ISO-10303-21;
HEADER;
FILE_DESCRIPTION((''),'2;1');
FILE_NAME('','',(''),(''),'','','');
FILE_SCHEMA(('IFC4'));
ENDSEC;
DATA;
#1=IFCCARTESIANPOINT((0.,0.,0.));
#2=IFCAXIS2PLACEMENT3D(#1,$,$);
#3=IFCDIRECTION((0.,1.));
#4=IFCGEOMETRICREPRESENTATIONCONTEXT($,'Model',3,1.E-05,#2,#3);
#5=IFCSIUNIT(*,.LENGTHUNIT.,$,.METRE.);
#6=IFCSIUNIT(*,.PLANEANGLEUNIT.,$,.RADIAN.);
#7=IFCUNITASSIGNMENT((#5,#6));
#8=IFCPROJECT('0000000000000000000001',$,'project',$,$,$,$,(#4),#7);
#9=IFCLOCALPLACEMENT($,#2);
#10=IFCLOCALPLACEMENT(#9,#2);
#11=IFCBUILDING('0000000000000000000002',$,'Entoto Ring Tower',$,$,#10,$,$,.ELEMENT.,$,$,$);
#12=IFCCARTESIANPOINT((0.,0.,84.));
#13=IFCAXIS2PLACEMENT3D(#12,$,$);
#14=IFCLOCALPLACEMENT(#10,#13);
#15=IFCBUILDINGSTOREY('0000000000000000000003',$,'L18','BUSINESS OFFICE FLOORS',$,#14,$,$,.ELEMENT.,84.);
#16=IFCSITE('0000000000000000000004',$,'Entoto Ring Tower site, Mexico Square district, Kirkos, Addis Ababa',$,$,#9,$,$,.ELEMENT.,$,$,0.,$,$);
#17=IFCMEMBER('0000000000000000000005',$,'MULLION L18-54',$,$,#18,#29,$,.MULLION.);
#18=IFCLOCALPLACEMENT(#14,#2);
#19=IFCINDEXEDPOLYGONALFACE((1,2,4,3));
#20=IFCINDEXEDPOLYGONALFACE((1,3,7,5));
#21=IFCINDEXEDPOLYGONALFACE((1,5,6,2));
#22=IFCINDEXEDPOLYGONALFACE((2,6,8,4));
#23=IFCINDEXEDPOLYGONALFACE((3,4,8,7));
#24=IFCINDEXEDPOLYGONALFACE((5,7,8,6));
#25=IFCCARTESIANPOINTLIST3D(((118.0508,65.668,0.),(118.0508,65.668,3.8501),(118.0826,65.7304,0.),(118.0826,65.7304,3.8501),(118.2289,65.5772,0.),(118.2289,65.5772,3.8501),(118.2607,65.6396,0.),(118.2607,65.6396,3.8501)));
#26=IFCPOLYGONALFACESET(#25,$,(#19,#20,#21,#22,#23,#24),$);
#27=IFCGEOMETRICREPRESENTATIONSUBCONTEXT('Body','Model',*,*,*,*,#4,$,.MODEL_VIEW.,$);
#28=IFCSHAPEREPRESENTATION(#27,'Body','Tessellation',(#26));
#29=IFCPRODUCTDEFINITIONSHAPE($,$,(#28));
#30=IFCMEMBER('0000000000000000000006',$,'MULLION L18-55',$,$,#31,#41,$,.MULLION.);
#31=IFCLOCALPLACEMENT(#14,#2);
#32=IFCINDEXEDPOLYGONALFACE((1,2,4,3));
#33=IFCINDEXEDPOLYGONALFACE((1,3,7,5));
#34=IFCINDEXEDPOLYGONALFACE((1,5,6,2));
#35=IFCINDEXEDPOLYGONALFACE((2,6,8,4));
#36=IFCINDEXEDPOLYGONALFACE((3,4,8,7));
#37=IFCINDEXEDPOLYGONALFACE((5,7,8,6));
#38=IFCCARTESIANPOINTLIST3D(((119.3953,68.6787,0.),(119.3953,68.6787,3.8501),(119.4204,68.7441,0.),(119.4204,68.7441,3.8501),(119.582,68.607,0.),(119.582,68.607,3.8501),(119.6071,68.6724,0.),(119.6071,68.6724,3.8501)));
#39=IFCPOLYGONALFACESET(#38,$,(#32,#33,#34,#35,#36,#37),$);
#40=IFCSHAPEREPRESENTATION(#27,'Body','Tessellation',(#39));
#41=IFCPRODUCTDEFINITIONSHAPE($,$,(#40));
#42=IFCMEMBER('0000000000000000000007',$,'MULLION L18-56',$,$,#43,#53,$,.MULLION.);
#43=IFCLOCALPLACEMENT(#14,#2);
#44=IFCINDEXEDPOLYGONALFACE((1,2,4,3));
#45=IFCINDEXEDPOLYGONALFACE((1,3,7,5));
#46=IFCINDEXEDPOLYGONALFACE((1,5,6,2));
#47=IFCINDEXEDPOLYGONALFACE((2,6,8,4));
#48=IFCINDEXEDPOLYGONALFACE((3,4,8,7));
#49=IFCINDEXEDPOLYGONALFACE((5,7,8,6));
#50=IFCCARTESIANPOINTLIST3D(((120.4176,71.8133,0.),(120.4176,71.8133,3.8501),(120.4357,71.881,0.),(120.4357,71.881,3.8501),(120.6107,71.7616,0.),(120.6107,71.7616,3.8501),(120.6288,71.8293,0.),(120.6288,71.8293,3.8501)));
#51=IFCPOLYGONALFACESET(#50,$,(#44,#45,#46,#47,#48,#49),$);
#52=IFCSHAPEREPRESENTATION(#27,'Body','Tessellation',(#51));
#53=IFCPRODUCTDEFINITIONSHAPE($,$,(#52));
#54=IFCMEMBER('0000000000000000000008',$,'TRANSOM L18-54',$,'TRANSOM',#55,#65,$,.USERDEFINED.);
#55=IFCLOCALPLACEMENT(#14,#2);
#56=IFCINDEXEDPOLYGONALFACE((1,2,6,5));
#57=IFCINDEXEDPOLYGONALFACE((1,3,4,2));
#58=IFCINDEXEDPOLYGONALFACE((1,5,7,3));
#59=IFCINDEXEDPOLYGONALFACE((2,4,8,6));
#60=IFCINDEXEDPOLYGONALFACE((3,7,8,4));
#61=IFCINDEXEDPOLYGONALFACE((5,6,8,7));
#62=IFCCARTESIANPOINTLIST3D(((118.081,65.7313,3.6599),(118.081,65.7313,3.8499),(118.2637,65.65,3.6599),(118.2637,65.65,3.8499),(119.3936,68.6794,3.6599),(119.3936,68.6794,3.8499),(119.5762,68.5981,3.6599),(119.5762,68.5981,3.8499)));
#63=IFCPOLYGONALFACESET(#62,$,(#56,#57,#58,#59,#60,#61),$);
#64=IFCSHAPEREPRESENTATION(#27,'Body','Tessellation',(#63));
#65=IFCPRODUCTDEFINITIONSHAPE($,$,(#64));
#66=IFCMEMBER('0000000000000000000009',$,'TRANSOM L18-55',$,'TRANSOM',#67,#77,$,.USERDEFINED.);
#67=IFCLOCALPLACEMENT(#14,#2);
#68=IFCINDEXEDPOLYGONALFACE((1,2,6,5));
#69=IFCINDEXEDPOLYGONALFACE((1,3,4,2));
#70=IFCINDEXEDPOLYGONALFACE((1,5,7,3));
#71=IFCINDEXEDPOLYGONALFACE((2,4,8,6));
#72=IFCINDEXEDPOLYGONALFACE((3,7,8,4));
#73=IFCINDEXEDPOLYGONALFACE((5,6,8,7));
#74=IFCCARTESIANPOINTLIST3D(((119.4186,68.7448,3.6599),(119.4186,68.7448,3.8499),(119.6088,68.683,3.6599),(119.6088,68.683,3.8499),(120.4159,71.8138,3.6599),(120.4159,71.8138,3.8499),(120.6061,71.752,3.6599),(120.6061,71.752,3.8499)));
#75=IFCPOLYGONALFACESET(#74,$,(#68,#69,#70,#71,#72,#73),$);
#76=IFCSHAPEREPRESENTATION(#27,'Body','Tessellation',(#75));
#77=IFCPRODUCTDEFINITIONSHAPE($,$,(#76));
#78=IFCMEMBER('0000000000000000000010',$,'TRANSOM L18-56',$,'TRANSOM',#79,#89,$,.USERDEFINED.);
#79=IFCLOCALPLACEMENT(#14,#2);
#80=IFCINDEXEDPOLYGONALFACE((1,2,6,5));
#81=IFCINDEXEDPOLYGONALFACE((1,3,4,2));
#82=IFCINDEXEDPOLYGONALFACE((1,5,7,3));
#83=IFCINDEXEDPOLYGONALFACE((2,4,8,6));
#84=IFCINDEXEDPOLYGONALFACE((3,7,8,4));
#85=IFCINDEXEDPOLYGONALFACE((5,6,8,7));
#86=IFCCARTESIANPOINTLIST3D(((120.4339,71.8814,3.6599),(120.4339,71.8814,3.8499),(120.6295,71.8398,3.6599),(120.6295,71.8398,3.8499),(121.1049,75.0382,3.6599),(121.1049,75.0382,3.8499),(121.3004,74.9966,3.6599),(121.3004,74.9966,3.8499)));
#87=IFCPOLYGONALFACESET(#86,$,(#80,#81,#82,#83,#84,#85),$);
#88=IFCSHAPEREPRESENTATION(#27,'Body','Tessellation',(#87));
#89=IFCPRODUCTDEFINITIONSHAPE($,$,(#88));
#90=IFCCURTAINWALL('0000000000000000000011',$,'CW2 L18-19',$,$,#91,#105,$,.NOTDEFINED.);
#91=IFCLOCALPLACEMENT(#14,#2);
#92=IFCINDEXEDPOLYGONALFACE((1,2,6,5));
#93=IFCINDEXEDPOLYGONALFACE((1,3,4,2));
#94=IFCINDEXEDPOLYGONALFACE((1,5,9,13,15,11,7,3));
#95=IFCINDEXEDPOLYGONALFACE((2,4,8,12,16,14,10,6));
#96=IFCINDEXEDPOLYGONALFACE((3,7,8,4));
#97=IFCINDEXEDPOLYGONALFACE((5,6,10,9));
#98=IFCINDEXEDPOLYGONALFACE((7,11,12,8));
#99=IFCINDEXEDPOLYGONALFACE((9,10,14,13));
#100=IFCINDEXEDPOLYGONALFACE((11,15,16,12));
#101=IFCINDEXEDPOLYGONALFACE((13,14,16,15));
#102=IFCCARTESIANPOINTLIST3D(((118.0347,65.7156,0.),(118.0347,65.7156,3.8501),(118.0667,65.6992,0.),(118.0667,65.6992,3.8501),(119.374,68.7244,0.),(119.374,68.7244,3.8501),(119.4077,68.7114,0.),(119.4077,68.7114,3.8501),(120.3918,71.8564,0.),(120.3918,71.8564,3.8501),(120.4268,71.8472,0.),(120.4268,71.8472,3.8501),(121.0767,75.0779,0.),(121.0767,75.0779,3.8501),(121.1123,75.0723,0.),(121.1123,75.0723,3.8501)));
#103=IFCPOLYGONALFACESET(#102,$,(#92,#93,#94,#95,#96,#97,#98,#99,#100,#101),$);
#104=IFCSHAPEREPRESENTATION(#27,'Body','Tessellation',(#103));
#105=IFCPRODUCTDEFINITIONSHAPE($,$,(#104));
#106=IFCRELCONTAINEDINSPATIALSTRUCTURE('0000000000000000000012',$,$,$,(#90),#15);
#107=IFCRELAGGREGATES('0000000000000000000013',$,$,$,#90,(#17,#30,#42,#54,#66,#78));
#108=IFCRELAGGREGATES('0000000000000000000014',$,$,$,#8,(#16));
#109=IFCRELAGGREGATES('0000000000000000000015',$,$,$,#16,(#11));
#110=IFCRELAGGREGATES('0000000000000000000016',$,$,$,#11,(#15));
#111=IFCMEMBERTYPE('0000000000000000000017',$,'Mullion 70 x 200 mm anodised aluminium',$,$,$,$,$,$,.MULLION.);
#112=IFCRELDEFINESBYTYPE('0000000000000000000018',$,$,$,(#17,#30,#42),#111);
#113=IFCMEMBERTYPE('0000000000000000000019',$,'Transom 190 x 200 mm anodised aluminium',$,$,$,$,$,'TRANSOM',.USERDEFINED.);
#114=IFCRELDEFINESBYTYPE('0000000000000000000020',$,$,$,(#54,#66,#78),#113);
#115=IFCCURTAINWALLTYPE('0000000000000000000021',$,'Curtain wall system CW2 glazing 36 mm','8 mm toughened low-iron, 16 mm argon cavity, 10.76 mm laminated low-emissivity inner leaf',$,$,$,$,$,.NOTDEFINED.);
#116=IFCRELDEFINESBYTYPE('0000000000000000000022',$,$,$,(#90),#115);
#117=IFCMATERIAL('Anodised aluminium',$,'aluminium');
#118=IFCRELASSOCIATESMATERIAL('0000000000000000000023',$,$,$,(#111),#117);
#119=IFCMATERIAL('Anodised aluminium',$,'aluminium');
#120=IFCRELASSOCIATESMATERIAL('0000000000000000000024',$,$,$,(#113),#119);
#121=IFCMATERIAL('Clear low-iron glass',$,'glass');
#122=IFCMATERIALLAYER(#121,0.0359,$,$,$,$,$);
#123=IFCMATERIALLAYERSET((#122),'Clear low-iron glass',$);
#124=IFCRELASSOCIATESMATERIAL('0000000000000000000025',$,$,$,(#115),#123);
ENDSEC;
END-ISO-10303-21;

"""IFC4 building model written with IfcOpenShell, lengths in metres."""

from ifc_helpers import new_model, si_unit, direction, frame, origin, origin_2d, place, context, subcontext, project, spatial, polyline, rectangle, outline, extrude, material, layer, layer_set, material_profile, profile_set, type_object, element, aggregate, save


model = new_model("IFC4")

# Units and contexts
model_context = context("Model", 3, precision=1e-05, world=origin(), true_north=direction((0.0, 1.0)))
body_context = subcontext(model_context, "Body", "Model", "MODEL_VIEW")
ifc_project = project(units=[si_unit("LENGTHUNIT", "METRE"), si_unit("PLANEANGLEUNIT", "RADIAN")], contexts=[model_context])

# Members
ifc_material_1 = material(Name="Anodised aluminium", Category="aluminium")
ifc_material_profile_1 = material_profile(ifc_material_1, rectangle(XDim=0.0701, YDim=0.2, at=origin_2d()), Name="Mullion 70 x 200 mm anodised aluminium")
ifc_profile_set_1 = profile_set([ifc_material_profile_1], Name="Anodised aluminium")
member_type_1 = type_object("IfcMemberType", Name="Mullion 70 x 200 mm anodised aluminium", PredefinedType="MULLION", material=ifc_profile_set_1)
site_placement = place(None, origin())
building_placement = place(site_placement, origin())
storey_placement = place(building_placement, frame((0.0, 0.0, 84.0)))
member_1_placement = place(storey_placement, frame((118.1558, 65.6538, 0.0), z_axis=(0.0, 0.0, 1.0), x_axis=(0.45399, 0.891007, 0.0)))
member_1 = element("IfcMember", 1, at=member_1_placement, type_object=member_type_1, Name="MULLION L18-54", PredefinedType="MULLION", context=body_context, shape_type="SweptSolid", body=[
    extrude(rectangle(XDim=0.0701, YDim=0.2, at=origin_2d()), origin(), (0.0, 0.0, 1.0), 3.8501),
])
member_2_placement = place(storey_placement, frame((119.5012, 68.6755, 0.0), z_axis=(0.0, 0.0, 1.0), x_axis=(0.358368, 0.93358, 0.0)))
member_2 = element("IfcMember", 2, at=member_2_placement, type_object=member_type_1, Name="MULLION L18-55", PredefinedType="MULLION", context=body_context, shape_type="SweptSolid", body=[
    extrude(rectangle(XDim=0.0701, YDim=0.2, at=origin_2d()), origin(), (0.0, 0.0, 1.0), 3.8501),
])
member_3_placement = place(storey_placement, frame((120.5232, 71.8213, 0.0), z_axis=(0.0, 0.0, 1.0), x_axis=(0.258819, 0.965926, 0.0)))
member_3 = element("IfcMember", 3, at=member_3_placement, type_object=member_type_1, Name="MULLION L18-56", PredefinedType="MULLION", context=body_context, shape_type="SweptSolid", body=[
    extrude(rectangle(XDim=0.0701, YDim=0.2, at=origin_2d()), origin(), (0.0, 0.0, 1.0), 3.8501),
])
ifc_material_2 = material(Name="Anodised aluminium", Category="aluminium")
ifc_material_profile_2 = material_profile(ifc_material_2, rectangle(XDim=0.2, YDim=0.1899, at=origin_2d()), Name="Transom 190 x 200 mm anodised aluminium")
ifc_profile_set_2 = profile_set([ifc_material_profile_2], Name="Anodised aluminium")
member_type_2 = type_object("IfcMemberType", Name="Transom 190 x 200 mm anodised aluminium", ElementType="TRANSOM", PredefinedType="USERDEFINED", material=ifc_profile_set_2)
member_4_placement = place(storey_placement, frame((118.1724, 65.6907, 3.7549), z_axis=(0.406728, 0.913549, 0.0), x_axis=(-0.913549, 0.406728, 0.0)))
member_4 = element("IfcMember", 4, at=member_4_placement, type_object=member_type_2, Name="TRANSOM L18-54", ObjectType="TRANSOM", PredefinedType="USERDEFINED", context=body_context, shape_type="SweptSolid", body=[
    extrude(rectangle(XDim=0.2, YDim=0.1899, at=origin_2d()), origin(), (0.0, 0.0, 1.0), 3.2271),
])
member_5_placement = place(storey_placement, frame((119.5137, 68.7139, 3.7549), z_axis=(0.309047, 0.951047, 0.0), x_axis=(-0.951047, 0.309047, 0.0)))
member_5 = element("IfcMember", 5, at=member_5_placement, type_object=member_type_2, Name="TRANSOM L18-55", ObjectType="TRANSOM", PredefinedType="USERDEFINED", context=body_context, shape_type="SweptSolid", body=[
    extrude(rectangle(XDim=0.2, YDim=0.1899, at=origin_2d()), origin(), (0.0, 0.0, 1.0), 3.2271),
])
member_6_placement = place(storey_placement, frame((120.5317, 71.8606, 3.7549), z_axis=(0.207886, 0.978153, 0.0), x_axis=(-0.978153, 0.207886, 0.0)))
member_6 = element("IfcMember", 6, at=member_6_placement, type_object=member_type_2, Name="TRANSOM L18-56", ObjectType="TRANSOM", PredefinedType="USERDEFINED", context=body_context, shape_type="SweptSolid", body=[
    extrude(rectangle(XDim=0.2, YDim=0.1899, at=origin_2d()), origin(), (0.0, 0.0, 1.0), 3.2273),
])

# Site, building, storey
site = spatial("IfcSite", under=ifc_project, at=site_placement, Name="Entoto Ring Tower site, Mexico Square district, Kirkos, Addis Ababa", CompositionType="ELEMENT", RefElevation=0.0)
building = spatial("IfcBuilding", under=site, at=building_placement, Name="Entoto Ring Tower", CompositionType="ELEMENT")
storey = spatial("IfcBuildingStorey", under=building, at=storey_placement, Name="L18", Description="BUSINESS OFFICE FLOORS", CompositionType="ELEMENT", Elevation=84.0)

# Curtain wall
ifc_material_3 = material(Name="Clear low-iron glass", Category="glass")
ifc_layer_1 = layer(ifc_material_3, 0.0359)
ifc_layer_set_1 = layer_set([ifc_layer_1], Name="Clear low-iron glass")
curtain_wall_type = type_object("IfcCurtainWallType", Name="Curtain wall system CW2 glazing 36 mm", Description="8 mm toughened low-iron, 16 mm argon cavity, 10.76 mm laminated low-emissivity inner leaf", PredefinedType="NOTDEFINED", material=ifc_layer_set_1)
curtain_wall_1_placement = place(storey_placement, origin())
curtain_wall_1 = element("IfcCurtainWall", 7, at=curtain_wall_1_placement, inside=storey, type_object=curtain_wall_type, Name="CW2 L18-19", PredefinedType="NOTDEFINED", context=body_context, shape_type="SweptSolid", body=[
    extrude(outline(polyline([(118.0667, 65.6992), (119.4077, 68.7114), (120.4268, 71.8472), (121.1123, 75.0723), (121.0767, 75.0779), (120.3918, 71.8564), (119.374, 68.7244), (118.0347, 65.7156), (118.0667, 65.6992)])), origin(), (0.0, 0.0, 1.0), 3.8501),
])
aggregate(curtain_wall_1, [member_1, member_2, member_3, member_4, member_5, member_6])

save(model, "model.ifc")
